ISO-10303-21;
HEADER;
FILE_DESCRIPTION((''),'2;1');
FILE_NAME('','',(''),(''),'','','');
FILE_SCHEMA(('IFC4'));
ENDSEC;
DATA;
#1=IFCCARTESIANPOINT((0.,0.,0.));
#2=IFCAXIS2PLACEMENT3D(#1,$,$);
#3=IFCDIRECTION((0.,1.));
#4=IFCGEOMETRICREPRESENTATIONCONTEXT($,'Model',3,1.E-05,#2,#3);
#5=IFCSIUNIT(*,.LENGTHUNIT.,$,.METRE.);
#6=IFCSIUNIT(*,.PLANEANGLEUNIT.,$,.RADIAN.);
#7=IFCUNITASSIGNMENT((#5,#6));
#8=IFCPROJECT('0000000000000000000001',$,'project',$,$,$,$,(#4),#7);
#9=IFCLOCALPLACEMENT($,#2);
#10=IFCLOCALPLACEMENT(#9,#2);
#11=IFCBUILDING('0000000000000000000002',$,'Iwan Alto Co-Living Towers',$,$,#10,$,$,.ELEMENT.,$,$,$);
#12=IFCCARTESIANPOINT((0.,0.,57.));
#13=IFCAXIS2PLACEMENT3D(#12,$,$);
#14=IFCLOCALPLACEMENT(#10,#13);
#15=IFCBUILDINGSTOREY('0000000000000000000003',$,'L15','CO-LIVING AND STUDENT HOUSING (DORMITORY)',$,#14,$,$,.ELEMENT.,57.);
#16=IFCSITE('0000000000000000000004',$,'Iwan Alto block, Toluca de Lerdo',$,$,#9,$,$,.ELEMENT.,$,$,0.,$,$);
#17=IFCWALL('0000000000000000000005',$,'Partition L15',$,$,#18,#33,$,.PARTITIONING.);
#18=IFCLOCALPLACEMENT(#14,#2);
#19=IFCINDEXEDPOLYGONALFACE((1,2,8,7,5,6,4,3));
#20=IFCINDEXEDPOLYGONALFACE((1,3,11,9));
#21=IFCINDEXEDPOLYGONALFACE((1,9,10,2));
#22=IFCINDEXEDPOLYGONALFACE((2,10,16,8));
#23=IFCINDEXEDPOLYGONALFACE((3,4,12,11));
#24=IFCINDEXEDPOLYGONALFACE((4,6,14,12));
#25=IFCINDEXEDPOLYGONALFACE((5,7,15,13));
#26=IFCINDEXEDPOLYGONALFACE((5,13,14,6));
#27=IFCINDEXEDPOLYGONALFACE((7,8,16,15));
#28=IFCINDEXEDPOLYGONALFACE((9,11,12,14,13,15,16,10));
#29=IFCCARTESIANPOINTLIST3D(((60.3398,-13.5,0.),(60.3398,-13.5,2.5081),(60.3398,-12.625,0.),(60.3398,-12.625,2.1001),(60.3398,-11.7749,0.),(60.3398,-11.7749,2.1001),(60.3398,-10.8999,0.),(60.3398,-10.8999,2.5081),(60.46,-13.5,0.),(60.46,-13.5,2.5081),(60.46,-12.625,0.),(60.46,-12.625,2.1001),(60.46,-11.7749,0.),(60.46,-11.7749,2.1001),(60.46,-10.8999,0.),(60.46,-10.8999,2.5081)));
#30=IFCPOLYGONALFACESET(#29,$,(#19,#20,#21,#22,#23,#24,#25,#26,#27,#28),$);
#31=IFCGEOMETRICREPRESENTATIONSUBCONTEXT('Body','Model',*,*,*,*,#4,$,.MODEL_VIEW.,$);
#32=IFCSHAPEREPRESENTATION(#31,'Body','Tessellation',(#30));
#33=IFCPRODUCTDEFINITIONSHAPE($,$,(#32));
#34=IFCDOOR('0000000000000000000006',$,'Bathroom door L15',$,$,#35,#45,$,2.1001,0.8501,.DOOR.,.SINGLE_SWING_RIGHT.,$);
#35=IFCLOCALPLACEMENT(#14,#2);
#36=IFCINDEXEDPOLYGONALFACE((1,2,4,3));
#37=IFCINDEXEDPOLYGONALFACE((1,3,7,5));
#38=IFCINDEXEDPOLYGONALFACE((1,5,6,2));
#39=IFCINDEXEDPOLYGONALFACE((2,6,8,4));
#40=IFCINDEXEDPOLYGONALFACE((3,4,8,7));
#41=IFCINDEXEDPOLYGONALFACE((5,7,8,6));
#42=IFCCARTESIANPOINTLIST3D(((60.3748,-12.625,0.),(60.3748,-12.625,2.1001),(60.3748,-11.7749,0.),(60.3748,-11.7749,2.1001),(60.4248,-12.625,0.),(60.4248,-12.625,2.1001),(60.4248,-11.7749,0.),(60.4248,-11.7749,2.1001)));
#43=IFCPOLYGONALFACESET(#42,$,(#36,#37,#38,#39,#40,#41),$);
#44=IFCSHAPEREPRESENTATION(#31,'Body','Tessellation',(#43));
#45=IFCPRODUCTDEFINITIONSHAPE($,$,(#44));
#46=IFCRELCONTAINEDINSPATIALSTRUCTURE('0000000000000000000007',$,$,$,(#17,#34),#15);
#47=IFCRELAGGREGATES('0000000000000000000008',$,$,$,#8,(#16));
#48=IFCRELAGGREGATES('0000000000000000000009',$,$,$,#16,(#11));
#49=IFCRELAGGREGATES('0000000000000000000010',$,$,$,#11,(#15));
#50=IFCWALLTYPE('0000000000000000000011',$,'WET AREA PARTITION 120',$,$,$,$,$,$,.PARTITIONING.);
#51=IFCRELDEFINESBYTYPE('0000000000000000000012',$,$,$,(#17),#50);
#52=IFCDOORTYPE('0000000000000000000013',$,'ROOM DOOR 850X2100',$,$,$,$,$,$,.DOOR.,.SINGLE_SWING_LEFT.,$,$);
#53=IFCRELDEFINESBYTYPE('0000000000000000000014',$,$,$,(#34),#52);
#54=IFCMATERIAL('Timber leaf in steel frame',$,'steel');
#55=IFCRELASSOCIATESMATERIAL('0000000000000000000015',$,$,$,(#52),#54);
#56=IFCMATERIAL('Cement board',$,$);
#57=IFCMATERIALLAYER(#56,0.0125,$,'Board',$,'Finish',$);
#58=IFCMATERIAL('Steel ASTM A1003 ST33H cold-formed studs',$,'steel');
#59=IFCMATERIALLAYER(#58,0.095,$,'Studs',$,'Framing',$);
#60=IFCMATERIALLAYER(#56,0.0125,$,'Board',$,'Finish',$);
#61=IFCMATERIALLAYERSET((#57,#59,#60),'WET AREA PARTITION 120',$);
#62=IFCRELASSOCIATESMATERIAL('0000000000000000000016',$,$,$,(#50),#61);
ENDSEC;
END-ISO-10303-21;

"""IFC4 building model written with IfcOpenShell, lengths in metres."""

from ifc_helpers import new_model, si_unit, direction, frame, frame_2d, origin, place, context, subcontext, project, spatial, rectangle, extrude, material, layer, layer_set, type_object, element, fill, save


model = new_model("IFC4")

# Units and contexts
model_context = context("Model", 3, precision=1e-05, world=origin(), true_north=direction((0.0, 1.0)))
body_context = subcontext(model_context, "Body", "Model", "MODEL_VIEW")
ifc_project = project(units=[si_unit("LENGTHUNIT", "METRE"), si_unit("PLANEANGLEUNIT", "RADIAN")], contexts=[model_context])

# Site, building, storey
site_placement = place(None, origin())
site = spatial("IfcSite", under=ifc_project, at=site_placement, Name="Iwan Alto block, Toluca de Lerdo", CompositionType="ELEMENT", RefElevation=0.0)
building_placement = place(site_placement, origin())
building = spatial("IfcBuilding", under=site, at=building_placement, Name="Iwan Alto Co-Living Towers", CompositionType="ELEMENT")
storey_placement = place(building_placement, frame((0.0, 0.0, 57.0)))
storey = spatial("IfcBuildingStorey", under=building, at=storey_placement, Name="L15", Description="CO-LIVING AND STUDENT HOUSING (DORMITORY)", CompositionType="ELEMENT", Elevation=57.0)

# Shared definitions
ifc_material_1 = material(Name="Steel ASTM A1003 ST33H cold-formed studs", Category="steel")

# Shared definitions
ifc_material_2 = material(Name="Timber leaf in steel frame", Category="steel")
door_type_1 = type_object("IfcDoorType", Name="ROOM DOOR 850X2100", OperationType="SINGLE_SWING_LEFT", PredefinedType="DOOR", material=ifc_material_2)

# Shared definitions
ifc_material_3 = material(Name="Cement board")
ifc_layer_1 = layer(ifc_material_3, 0.0125, Name="Board", Category="Finish")
ifc_layer_2 = layer(ifc_material_1, 0.095, Name="Studs", Category="Framing")
ifc_layer_3 = layer(ifc_material_3, 0.0125, Name="Board", Category="Finish")
ifc_layer_set_1 = layer_set([ifc_layer_1, ifc_layer_2, ifc_layer_3], Name="WET AREA PARTITION 120")
wall_type_1 = type_object("IfcWallType", Name="WET AREA PARTITION 120", PredefinedType="PARTITIONING", material=ifc_layer_set_1)

# Wall, opening, door
wall_1_placement = place(storey_placement, frame((60.3999, -13.5, 0.0), z_axis=(0.0, 0.0, 1.0), x_axis=(0.0, 1.0, 0.0)))
wall_1 = element("IfcWall", 1, at=wall_1_placement, inside=storey, type_object=wall_type_1, Name="Partition L15", PredefinedType="PARTITIONING", context=body_context, shape_type="SweptSolid", body=[
    extrude(rectangle(XDim=2.6001, YDim=0.1201, at=frame_2d((1.3, 0.0))), origin(), (0.0, 0.0, 1.0), 2.5081),
])
opening_1_placement = place(wall_1_placement, frame((0.875, 0.0, 0.0)))
opening_1 = element("IfcOpeningElement", 2, at=opening_1_placement, cuts=wall_1, PredefinedType="OPENING", context=body_context, shape_type="SweptSolid", body=[
    extrude(rectangle(XDim=0.8501, YDim=2.1001, at=frame_2d((0.425, 1.05))), frame((0.0, 0.0701, 0.0), z_axis=(0.0, -1.0, 0.0), x_axis=(1.0, 0.0, 0.0)), (0.0, 0.0, 1.0), 0.1401),
])
door_1_placement = place(opening_1_placement, frame((0.8501, 0.0, 0.0), z_axis=(0.0, 0.0, 1.0), x_axis=(-1.0, 0.0, 0.0)))
door_1 = element("IfcDoor", 3, at=door_1_placement, inside=storey, type_object=door_type_1, Name="Bathroom door L15", OperationType="SINGLE_SWING_RIGHT", OverallHeight=2.1001, OverallWidth=0.8501, PredefinedType="DOOR", context=body_context, shape_type="SweptSolid", body=[
    extrude(rectangle(XDim=0.8501, YDim=2.1001, at=frame_2d((0.425, 1.05))), frame((0.0, 0.0249, 0.0), z_axis=(0.0, -1.0, 0.0), x_axis=(1.0, 0.0, 0.0)), (0.0, 0.0, 1.0), 0.05),
])
fill(opening_1, door_1)

save(model, "model.ifc")
